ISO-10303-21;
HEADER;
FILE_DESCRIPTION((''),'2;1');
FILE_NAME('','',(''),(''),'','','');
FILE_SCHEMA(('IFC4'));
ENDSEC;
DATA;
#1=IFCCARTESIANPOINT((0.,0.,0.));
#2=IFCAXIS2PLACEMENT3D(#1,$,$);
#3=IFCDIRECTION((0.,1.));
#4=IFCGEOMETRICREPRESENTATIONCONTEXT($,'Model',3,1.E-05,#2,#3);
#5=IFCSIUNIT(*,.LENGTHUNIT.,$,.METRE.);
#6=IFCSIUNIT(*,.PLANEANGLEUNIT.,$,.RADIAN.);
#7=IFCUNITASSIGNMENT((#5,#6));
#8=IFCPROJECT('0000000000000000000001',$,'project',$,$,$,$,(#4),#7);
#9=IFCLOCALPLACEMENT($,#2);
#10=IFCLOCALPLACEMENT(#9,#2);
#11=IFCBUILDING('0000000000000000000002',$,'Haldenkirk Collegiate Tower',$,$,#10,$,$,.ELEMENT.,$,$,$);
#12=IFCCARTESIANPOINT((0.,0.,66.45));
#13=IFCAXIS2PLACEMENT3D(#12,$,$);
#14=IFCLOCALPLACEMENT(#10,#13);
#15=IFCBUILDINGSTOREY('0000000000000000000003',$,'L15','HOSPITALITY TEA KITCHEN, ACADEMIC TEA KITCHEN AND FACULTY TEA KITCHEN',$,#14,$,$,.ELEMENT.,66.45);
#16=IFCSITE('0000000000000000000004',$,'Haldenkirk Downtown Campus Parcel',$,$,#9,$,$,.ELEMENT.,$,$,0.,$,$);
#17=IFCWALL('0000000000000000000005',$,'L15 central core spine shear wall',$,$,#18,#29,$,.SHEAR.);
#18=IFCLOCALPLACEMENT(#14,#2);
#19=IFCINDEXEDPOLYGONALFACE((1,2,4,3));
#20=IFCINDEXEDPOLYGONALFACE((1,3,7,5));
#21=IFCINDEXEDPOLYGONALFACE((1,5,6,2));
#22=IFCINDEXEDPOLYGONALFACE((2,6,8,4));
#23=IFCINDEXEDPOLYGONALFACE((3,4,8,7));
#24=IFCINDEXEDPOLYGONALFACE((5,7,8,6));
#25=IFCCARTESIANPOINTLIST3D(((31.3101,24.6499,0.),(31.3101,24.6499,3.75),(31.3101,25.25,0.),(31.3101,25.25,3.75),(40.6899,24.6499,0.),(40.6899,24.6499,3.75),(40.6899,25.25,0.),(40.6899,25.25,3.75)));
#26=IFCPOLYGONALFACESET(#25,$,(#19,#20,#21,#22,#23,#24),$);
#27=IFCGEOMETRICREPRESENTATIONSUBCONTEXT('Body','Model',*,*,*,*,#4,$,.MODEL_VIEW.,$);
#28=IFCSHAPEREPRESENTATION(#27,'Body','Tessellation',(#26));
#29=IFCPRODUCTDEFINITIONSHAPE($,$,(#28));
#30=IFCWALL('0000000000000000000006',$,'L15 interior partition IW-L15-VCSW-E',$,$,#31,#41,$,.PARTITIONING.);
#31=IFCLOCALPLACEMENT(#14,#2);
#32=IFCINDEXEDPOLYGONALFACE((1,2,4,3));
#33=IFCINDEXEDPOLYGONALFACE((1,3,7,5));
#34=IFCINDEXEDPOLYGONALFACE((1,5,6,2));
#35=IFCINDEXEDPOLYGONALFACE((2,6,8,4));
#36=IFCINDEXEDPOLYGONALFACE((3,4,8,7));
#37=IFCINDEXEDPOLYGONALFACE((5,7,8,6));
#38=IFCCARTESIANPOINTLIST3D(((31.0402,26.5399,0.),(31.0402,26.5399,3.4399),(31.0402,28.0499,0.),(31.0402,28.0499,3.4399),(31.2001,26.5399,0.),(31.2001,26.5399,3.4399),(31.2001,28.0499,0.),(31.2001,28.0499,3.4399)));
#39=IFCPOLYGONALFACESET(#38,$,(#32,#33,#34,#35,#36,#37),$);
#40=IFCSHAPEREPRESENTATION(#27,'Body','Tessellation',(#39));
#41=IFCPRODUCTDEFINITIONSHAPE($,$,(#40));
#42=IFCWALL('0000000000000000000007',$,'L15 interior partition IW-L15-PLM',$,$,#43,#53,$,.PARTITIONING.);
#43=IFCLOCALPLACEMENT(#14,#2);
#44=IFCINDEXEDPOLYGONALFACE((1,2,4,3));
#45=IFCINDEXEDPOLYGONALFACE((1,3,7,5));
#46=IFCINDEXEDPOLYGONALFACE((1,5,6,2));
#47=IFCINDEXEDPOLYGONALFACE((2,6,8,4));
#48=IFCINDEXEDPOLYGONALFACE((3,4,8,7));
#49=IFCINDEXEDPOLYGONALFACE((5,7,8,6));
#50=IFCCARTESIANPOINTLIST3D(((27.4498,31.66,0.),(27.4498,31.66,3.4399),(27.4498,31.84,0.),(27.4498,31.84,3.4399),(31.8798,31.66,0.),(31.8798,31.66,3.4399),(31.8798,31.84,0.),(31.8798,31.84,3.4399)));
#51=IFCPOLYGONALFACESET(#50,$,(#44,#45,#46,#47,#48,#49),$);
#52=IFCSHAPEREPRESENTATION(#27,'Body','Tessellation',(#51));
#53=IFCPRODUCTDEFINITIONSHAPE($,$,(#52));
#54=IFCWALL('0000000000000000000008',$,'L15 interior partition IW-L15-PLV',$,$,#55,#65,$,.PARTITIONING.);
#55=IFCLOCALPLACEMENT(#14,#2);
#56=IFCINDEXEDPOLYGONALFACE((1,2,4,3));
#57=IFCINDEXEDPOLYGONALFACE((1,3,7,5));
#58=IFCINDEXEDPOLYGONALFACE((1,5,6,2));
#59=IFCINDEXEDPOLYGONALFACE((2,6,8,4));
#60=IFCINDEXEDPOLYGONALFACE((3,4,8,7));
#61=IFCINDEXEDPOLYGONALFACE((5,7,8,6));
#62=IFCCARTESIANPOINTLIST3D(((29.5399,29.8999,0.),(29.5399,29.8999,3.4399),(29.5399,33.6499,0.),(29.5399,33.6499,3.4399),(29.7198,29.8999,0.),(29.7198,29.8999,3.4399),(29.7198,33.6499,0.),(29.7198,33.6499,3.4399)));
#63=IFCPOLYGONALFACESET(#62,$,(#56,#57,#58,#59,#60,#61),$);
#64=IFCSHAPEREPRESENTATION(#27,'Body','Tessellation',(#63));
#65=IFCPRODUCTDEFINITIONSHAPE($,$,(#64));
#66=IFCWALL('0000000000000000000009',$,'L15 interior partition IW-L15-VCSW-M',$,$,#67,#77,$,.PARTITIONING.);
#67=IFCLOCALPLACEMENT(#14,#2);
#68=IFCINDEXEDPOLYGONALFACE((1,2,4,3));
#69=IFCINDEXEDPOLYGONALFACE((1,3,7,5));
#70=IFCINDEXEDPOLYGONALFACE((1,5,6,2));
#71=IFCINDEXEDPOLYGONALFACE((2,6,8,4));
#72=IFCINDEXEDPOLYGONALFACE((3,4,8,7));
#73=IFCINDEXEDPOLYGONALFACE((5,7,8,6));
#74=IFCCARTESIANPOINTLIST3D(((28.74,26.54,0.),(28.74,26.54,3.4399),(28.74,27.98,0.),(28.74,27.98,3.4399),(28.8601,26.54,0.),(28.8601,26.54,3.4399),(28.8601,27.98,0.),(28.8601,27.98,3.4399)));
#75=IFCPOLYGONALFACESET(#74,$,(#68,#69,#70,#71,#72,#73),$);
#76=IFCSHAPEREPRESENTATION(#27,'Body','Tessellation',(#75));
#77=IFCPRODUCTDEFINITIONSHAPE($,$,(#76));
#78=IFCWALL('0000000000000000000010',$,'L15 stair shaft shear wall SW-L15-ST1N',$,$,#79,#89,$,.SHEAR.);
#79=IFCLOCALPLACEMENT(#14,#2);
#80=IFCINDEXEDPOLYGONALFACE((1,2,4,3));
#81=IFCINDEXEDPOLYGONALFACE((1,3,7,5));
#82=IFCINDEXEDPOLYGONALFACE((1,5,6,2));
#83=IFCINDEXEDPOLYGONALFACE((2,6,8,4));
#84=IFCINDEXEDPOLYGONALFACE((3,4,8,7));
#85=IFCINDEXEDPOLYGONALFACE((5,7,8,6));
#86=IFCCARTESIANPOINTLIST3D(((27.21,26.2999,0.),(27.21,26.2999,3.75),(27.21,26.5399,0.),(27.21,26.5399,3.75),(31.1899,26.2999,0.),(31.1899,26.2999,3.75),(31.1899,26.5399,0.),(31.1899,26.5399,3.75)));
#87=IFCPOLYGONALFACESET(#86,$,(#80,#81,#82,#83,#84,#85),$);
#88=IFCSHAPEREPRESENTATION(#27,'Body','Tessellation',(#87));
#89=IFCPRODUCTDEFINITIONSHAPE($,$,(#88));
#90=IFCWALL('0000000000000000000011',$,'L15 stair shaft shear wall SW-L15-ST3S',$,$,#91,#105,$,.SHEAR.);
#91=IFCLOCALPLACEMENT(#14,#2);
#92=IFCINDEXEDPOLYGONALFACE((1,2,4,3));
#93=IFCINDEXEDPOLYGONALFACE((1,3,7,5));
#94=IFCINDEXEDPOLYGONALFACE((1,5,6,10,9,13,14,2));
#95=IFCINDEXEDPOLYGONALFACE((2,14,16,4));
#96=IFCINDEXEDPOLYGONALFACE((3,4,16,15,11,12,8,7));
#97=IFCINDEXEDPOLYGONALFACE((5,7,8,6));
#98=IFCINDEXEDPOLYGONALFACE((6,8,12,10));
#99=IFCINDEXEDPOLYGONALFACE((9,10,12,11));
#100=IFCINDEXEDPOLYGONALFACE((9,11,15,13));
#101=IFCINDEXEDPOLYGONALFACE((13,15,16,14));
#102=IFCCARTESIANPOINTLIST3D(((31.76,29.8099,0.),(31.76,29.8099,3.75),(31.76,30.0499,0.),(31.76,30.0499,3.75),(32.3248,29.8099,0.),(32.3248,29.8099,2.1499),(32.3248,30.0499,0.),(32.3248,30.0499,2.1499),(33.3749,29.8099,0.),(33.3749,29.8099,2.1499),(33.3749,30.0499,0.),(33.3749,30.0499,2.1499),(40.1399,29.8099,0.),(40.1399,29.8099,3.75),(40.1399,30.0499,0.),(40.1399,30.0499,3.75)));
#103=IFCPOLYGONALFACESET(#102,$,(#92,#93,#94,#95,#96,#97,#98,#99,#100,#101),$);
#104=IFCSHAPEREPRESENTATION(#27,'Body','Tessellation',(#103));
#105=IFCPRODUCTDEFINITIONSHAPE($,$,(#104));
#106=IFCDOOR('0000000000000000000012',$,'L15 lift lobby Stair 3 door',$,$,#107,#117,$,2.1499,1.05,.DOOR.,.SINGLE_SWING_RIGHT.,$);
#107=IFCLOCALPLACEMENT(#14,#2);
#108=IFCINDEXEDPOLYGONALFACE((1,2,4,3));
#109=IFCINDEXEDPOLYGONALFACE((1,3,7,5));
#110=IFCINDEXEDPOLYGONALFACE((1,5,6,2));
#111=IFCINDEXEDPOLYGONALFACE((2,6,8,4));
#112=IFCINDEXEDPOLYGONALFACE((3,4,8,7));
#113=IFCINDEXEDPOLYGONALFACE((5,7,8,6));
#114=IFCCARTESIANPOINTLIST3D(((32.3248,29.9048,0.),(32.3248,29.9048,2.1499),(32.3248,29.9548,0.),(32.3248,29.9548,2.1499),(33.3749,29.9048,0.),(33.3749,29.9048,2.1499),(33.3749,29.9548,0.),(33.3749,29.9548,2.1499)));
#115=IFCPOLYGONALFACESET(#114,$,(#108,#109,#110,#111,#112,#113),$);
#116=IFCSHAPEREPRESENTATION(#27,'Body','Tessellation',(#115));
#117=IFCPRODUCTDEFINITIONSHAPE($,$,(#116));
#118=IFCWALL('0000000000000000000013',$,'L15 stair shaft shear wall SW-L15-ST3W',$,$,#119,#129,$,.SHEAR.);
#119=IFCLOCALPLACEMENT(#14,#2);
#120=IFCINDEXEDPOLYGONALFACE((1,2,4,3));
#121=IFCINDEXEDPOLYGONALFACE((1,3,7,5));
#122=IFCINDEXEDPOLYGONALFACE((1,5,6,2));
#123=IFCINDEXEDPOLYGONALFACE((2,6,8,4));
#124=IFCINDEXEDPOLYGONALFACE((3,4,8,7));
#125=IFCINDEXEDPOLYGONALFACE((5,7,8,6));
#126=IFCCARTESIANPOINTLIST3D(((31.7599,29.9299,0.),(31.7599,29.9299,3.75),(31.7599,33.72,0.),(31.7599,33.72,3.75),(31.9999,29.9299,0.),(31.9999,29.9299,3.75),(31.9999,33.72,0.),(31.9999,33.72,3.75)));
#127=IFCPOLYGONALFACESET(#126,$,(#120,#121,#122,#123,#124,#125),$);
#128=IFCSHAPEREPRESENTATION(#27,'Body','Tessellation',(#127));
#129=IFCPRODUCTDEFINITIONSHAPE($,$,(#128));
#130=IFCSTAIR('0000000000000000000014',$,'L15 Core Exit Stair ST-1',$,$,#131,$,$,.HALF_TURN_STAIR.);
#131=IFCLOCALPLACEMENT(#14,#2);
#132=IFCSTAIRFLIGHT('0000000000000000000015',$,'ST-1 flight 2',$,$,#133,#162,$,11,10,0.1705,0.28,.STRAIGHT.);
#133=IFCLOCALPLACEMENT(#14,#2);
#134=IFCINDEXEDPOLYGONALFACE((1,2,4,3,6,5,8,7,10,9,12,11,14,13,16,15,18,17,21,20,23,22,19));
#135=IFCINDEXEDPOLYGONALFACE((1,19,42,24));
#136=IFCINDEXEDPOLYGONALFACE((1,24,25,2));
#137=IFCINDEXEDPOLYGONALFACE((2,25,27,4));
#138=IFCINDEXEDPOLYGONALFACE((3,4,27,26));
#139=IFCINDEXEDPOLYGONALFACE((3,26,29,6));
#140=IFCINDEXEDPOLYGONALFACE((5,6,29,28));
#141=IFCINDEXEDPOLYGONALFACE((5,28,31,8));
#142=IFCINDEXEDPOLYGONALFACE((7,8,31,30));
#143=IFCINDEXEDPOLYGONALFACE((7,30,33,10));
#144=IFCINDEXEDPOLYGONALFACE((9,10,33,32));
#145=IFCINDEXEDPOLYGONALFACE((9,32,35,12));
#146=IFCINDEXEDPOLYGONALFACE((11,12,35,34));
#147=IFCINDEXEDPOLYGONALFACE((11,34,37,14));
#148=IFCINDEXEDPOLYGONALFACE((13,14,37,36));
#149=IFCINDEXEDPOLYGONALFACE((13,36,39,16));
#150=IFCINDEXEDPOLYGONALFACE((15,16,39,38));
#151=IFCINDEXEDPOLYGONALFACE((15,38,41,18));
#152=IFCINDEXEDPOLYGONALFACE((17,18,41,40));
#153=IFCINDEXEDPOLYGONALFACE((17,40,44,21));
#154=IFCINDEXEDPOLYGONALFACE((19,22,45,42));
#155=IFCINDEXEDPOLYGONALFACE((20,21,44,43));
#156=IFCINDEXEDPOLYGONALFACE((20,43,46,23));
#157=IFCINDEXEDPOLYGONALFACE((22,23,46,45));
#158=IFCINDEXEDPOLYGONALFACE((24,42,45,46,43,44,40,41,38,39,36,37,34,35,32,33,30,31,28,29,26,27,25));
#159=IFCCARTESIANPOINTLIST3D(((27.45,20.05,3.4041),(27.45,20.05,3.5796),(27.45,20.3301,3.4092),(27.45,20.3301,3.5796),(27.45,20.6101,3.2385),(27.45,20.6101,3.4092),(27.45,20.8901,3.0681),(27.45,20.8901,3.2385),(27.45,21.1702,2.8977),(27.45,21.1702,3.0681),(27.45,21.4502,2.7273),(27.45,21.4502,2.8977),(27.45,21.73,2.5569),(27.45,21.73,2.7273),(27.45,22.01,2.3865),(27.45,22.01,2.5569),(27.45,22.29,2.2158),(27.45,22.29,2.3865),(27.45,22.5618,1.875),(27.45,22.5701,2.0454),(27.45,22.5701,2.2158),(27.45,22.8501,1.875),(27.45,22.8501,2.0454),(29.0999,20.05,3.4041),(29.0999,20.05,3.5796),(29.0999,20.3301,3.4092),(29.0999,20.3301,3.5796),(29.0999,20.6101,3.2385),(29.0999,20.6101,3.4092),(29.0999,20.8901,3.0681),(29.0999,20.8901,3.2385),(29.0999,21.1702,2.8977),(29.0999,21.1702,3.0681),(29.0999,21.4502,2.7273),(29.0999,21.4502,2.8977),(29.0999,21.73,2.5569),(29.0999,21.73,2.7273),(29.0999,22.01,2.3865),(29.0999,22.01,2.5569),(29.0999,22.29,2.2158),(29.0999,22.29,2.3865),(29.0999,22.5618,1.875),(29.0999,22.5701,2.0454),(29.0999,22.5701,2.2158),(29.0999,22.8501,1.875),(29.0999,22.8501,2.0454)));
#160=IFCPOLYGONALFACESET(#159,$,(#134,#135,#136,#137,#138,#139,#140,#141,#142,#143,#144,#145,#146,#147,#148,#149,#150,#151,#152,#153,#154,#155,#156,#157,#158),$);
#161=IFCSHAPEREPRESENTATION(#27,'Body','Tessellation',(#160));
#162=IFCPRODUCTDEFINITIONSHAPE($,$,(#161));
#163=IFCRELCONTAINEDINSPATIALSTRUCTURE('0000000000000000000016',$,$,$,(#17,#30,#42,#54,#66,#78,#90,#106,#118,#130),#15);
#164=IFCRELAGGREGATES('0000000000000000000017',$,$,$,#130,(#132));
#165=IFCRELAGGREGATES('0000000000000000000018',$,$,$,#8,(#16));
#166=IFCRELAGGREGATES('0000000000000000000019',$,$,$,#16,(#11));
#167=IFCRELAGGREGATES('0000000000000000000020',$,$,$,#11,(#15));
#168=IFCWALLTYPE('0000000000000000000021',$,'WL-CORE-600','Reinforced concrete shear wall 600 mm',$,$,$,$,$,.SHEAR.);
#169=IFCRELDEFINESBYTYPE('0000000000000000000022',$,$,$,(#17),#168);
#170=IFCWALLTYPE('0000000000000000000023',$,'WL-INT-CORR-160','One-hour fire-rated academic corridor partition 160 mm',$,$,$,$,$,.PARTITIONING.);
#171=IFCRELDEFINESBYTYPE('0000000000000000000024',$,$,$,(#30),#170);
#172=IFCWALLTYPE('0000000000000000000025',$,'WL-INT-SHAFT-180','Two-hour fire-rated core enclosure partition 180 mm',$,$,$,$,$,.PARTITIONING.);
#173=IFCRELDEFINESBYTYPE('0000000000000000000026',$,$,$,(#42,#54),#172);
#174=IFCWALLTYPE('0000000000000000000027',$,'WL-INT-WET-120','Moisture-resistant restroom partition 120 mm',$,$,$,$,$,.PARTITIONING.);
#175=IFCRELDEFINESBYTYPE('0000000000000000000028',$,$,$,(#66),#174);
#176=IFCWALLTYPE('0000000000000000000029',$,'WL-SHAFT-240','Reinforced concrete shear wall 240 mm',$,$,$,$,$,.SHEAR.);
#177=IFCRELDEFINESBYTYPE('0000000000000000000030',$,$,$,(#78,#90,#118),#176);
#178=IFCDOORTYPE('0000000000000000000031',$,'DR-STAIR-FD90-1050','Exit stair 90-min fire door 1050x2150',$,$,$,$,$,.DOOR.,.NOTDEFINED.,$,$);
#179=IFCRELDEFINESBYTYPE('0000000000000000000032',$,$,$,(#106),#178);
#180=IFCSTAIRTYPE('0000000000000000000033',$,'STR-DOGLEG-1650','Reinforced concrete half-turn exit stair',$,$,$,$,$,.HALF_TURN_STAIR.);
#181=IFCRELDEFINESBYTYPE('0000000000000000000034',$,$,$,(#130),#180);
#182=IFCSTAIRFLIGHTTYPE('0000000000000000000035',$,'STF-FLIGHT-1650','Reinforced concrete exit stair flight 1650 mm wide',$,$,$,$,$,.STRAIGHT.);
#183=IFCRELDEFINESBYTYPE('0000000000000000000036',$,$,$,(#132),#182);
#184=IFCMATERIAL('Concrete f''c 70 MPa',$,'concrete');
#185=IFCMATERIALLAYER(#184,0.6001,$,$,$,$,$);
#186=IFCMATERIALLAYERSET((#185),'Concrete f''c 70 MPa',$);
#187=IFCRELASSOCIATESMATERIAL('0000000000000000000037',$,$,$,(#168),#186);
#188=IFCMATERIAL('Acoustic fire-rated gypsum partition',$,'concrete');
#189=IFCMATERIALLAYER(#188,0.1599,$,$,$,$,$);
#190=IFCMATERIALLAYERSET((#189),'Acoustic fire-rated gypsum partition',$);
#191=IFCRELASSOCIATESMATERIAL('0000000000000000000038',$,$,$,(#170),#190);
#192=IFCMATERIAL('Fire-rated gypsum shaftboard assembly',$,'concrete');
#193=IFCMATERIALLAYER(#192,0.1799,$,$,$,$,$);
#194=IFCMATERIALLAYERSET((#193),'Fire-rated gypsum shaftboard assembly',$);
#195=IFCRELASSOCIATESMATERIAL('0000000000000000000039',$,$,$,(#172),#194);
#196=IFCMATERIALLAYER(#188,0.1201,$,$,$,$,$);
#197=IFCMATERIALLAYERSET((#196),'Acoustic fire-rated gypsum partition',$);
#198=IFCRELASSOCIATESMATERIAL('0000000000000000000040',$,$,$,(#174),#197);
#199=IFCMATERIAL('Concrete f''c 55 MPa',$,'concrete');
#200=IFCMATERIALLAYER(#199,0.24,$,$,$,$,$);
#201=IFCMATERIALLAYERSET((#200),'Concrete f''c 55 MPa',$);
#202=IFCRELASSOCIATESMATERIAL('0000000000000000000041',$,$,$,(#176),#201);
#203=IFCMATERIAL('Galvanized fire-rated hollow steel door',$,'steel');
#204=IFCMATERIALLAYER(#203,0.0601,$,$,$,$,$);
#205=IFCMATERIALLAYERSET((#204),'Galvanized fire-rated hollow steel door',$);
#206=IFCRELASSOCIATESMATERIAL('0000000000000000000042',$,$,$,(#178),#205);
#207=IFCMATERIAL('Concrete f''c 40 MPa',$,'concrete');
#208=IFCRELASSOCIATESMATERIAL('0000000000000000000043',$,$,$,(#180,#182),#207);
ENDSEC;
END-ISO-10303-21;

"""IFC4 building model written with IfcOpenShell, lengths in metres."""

from ifc_helpers import new_model, si_unit, direction, frame, frame_2d, origin, place, context, subcontext, project, spatial, polyline, rectangle, outline, extrude, material, layer, layer_set, type_object, element, fill, aggregate, save


model = new_model("IFC4")

# Units and contexts
model_context = context("Model", 3, precision=1e-05, world=origin(), true_north=direction((0.0, 1.0)))
body_context = subcontext(model_context, "Body", "Model", "MODEL_VIEW")
ifc_project = project(units=[si_unit("LENGTHUNIT", "METRE"), si_unit("PLANEANGLEUNIT", "RADIAN")], contexts=[model_context])

# Site, building, storey
site_placement = place(None, origin())
site = spatial("IfcSite", under=ifc_project, at=site_placement, Name="Haldenkirk Downtown Campus Parcel", CompositionType="ELEMENT", RefElevation=0.0)
building_placement = place(site_placement, origin())
building = spatial("IfcBuilding", under=site, at=building_placement, Name="Haldenkirk Collegiate Tower", CompositionType="ELEMENT")
storey_placement = place(building_placement, frame((0.0, 0.0, 66.45)))
storey = spatial("IfcBuildingStorey", under=building, at=storey_placement, Name="L15", Description="HOSPITALITY TEA KITCHEN, ACADEMIC TEA KITCHEN AND FACULTY TEA KITCHEN", CompositionType="ELEMENT", Elevation=66.45)

# Wall
ifc_material_1 = material(Name="Concrete f'c 70 MPa", Category="concrete")
ifc_layer_1 = layer(ifc_material_1, 0.6001)
ifc_layer_set_1 = layer_set([ifc_layer_1], Name="Concrete f'c 70 MPa")
wall_type_1 = type_object("IfcWallType", Name="WL-CORE-600", Description="Reinforced concrete shear wall 600 mm", PredefinedType="SHEAR", material=ifc_layer_set_1)
wall_1_placement = place(storey_placement, frame((31.3101, 24.95, 0.0), z_axis=(0.0, 0.0, 1.0), x_axis=(1.0, 0.0, 0.0)))
element("IfcWall", 1, at=wall_1_placement, inside=storey, type_object=wall_type_1, Name="L15 central core spine shear wall", PredefinedType="SHEAR", context=body_context, shape_type="SweptSolid", body=[
    extrude(rectangle(XDim=9.3799, YDim=0.6001, at=frame_2d((4.6899, 0.0))), origin(), (0.0, 0.0, 1.0), 3.75),
])

# Shared definitions
ifc_material_2 = material(Name="Acoustic fire-rated gypsum partition", Category="concrete")
ifc_layer_2 = layer(ifc_material_2, 0.1599)
ifc_layer_set_2 = layer_set([ifc_layer_2], Name="Acoustic fire-rated gypsum partition")
wall_type_2 = type_object("IfcWallType", Name="WL-INT-CORR-160", Description="One-hour fire-rated academic corridor partition 160 mm", PredefinedType="PARTITIONING", material=ifc_layer_set_2)

# Wall
wall_2_placement = place(storey_placement, frame((31.1201, 26.54, 0.0), z_axis=(0.0, 0.0, 1.0), x_axis=(0.0, 1.0, 0.0)))
element("IfcWall", 2, at=wall_2_placement, inside=storey, type_object=wall_type_2, Name="L15 interior partition IW-L15-VCSW-E", PredefinedType="PARTITIONING", context=body_context, shape_type="SweptSolid", body=[
    extrude(rectangle(XDim=1.51, YDim=0.1599, at=frame_2d((0.7549, 0.0))), origin(), (0.0, 0.0, 1.0), 3.4399),
])

# Shared definitions
ifc_material_3 = material(Name="Fire-rated gypsum shaftboard assembly", Category="concrete")
ifc_layer_3 = layer(ifc_material_3, 0.1799)
ifc_layer_set_3 = layer_set([ifc_layer_3], Name="Fire-rated gypsum shaftboard assembly")
wall_type_3 = type_object("IfcWallType", Name="WL-INT-SHAFT-180", Description="Two-hour fire-rated core enclosure partition 180 mm", PredefinedType="PARTITIONING", material=ifc_layer_set_3)

# Walls
wall_3_placement = place(storey_placement, frame((27.45, 31.75, 0.0), z_axis=(0.0, 0.0, 1.0), x_axis=(1.0, 0.0, 0.0)))
element("IfcWall", 3, at=wall_3_placement, inside=storey, type_object=wall_type_3, Name="L15 interior partition IW-L15-PLM", PredefinedType="PARTITIONING", context=body_context, shape_type="SweptSolid", body=[
    extrude(rectangle(XDim=4.4299, YDim=0.1799, at=frame_2d((2.2148, 0.0))), origin(), (0.0, 0.0, 1.0), 3.4399),
])
wall_4_placement = place(storey_placement, frame((29.6299, 29.8999, 0.0), z_axis=(0.0, 0.0, 1.0), x_axis=(0.0, 1.0, 0.0)))
element("IfcWall", 4, at=wall_4_placement, inside=storey, type_object=wall_type_3, Name="L15 interior partition IW-L15-PLV", PredefinedType="PARTITIONING", context=body_context, shape_type="SweptSolid", body=[
    extrude(rectangle(XDim=3.75, YDim=0.1799, at=frame_2d((1.875, 0.0))), origin(), (0.0, 0.0, 1.0), 3.4399),
])

# Shared definitions
ifc_material_4 = material(Name="Galvanized fire-rated hollow steel door", Category="steel")

# Walls
ifc_layer_4 = layer(ifc_material_2, 0.1201)
ifc_layer_set_4 = layer_set([ifc_layer_4], Name="Acoustic fire-rated gypsum partition")
wall_type_4 = type_object("IfcWallType", Name="WL-INT-WET-120", Description="Moisture-resistant restroom partition 120 mm", PredefinedType="PARTITIONING", material=ifc_layer_set_4)
wall_5_placement = place(storey_placement, frame((28.8, 26.54, 0.0), z_axis=(0.0, 0.0, 1.0), x_axis=(0.0, 1.0, 0.0)))
element("IfcWall", 5, at=wall_5_placement, inside=storey, type_object=wall_type_4, Name="L15 interior partition IW-L15-VCSW-M", PredefinedType="PARTITIONING", context=body_context, shape_type="SweptSolid", body=[
    extrude(rectangle(XDim=1.4399, YDim=0.1201, at=frame_2d((0.72, 0.0))), origin(), (0.0, 0.0, 1.0), 3.4399),
])
ifc_material_5 = material(Name="Concrete f'c 55 MPa", Category="concrete")
ifc_layer_5 = layer(ifc_material_5, 0.24)
ifc_layer_set_5 = layer_set([ifc_layer_5], Name="Concrete f'c 55 MPa")
wall_type_5 = type_object("IfcWallType", Name="WL-SHAFT-240", Description="Reinforced concrete shear wall 240 mm", PredefinedType="SHEAR", material=ifc_layer_set_5)
wall_6_placement = place(storey_placement, frame((27.21, 26.4199, 0.0), z_axis=(0.0, 0.0, 1.0), x_axis=(1.0, 0.0, 0.0)))
element("IfcWall", 6, at=wall_6_placement, inside=storey, type_object=wall_type_5, Name="L15 stair shaft shear wall SW-L15-ST1N", PredefinedType="SHEAR", context=body_context, shape_type="SweptSolid", body=[
    extrude(rectangle(XDim=3.98, YDim=0.24, at=frame_2d((1.99, 0.0))), origin(), (0.0, 0.0, 1.0), 3.75),
])

# Wall, opening, door
wall_7_placement = place(storey_placement, frame((31.76, 29.9299, 0.0), z_axis=(0.0, 0.0, 1.0), x_axis=(1.0, 0.0, 0.0)))
wall_7 = element("IfcWall", 7, at=wall_7_placement, inside=storey, type_object=wall_type_5, Name="L15 stair shaft shear wall SW-L15-ST3S", PredefinedType="SHEAR", context=body_context, shape_type="SweptSolid", body=[
    extrude(rectangle(XDim=8.3799, YDim=0.24, at=frame_2d((4.1899, 0.0))), origin(), (0.0, 0.0, 1.0), 3.75),
])
opening_1_placement = place(wall_7_placement, frame((0.5649, 0.0, 0.0)))
opening_1 = element("IfcOpeningElement", 8, at=opening_1_placement, cuts=wall_7, PredefinedType="OPENING", context=body_context, shape_type="SweptSolid", body=[
    extrude(rectangle(XDim=1.05, YDim=2.1499, at=frame_2d((0.5249, 1.075))), frame((0.0, 0.1299, 0.0), z_axis=(0.0, -1.0, 0.0), x_axis=(1.0, 0.0, 0.0)), (0.0, 0.0, 1.0), 0.26),
])
ifc_layer_6 = layer(ifc_material_4, 0.0601)
ifc_layer_set_6 = layer_set([ifc_layer_6], Name="Galvanized fire-rated hollow steel door")
door_type_1 = type_object("IfcDoorType", Name="DR-STAIR-FD90-1050", Description="Exit stair 90-min fire door 1050x2150", OperationType="NOTDEFINED", PredefinedType="DOOR", material=ifc_layer_set_6)
door_1_placement = place(opening_1_placement, origin())
door_1 = element("IfcDoor", 9, at=door_1_placement, inside=storey, type_object=door_type_1, Name="L15 lift lobby Stair 3 door", OperationType="SINGLE_SWING_RIGHT", OverallHeight=2.1499, OverallWidth=1.05, PredefinedType="DOOR", context=body_context, shape_type="SweptSolid", body=[
    extrude(rectangle(XDim=1.05, YDim=2.1499, at=frame_2d((0.5249, 1.075))), frame((0.0, 0.0249, 0.0), z_axis=(0.0, -1.0, 0.0), x_axis=(1.0, 0.0, 0.0)), (0.0, 0.0, 1.0), 0.05),
])
fill(opening_1, door_1)

# Wall
wall_8_placement = place(storey_placement, frame((31.8799, 29.9299, 0.0), z_axis=(0.0, 0.0, 1.0), x_axis=(0.0, 1.0, 0.0)))
element("IfcWall", 10, at=wall_8_placement, inside=storey, type_object=wall_type_5, Name="L15 stair shaft shear wall SW-L15-ST3W", PredefinedType="SHEAR", context=body_context, shape_type="SweptSolid", body=[
    extrude(rectangle(XDim=3.79, YDim=0.24, at=frame_2d((1.895, 0.0))), origin(), (0.0, 0.0, 1.0), 3.75),
])

# Stair, stair flight
ifc_material_6 = material(Name="Concrete f'c 40 MPa", Category="concrete")
stair_type = type_object("IfcStairType", Name="STR-DOGLEG-1650", Description="Reinforced concrete half-turn exit stair", PredefinedType="HALF_TURN_STAIR", material=ifc_material_6)
stair_placement = place(storey_placement, origin())
stair = element("IfcStair", 11, at=stair_placement, inside=storey, type_object=stair_type, Name="L15 Core Exit Stair ST-1", PredefinedType="HALF_TURN_STAIR")
stair_flight_type = type_object("IfcStairFlightType", Name="STF-FLIGHT-1650", Description="Reinforced concrete exit stair flight 1650 mm wide", PredefinedType="STRAIGHT", material=ifc_material_6)
stair_flight_placement = place(storey_placement, frame((28.2749, 22.8501, 1.875), z_axis=(0.0, 0.0, 1.0), x_axis=(0.0, -1.0, 0.0)))
stair_flight = element("IfcStairFlight", 12, at=stair_flight_placement, type_object=stair_flight_type, Name="ST-1 flight 2", NumberOfRisers=11, NumberOfTreads=10, PredefinedType="STRAIGHT", RiserHeight=0.1705, TreadLength=0.28, context=body_context, shape_type="SweptSolid", body=[
    extrude(outline(polyline([(0.0, 0.0), (0.0, 0.1704), (0.28, 0.1704), (0.28, 0.3408), (0.5601, 0.3408), (0.5601, 0.5115), (0.8401, 0.5115), (0.8401, 0.6819), (1.1201, 0.6819), (1.1201, 0.8523), (1.3999, 0.8523), (1.3999, 1.0227), (1.6799, 1.0227), (1.6799, 1.1931), (1.96, 1.1931), (1.96, 1.3635), (2.24, 1.3635), (2.24, 1.5342), (2.52, 1.5342), (2.52, 1.7046), (2.8, 1.7046), (2.8, 1.875), (2.8, 1.5291), (0.2883, 0.0), (0.0, 0.0)])), frame((0.0, 0.825, 0.0), z_axis=(0.0, -1.0, 0.0), x_axis=(1.0, 0.0, 0.0)), (0.0, 0.0, 1.0), 1.6499),
])
aggregate(stair, [stair_flight])

save(model, "model.ifc")
